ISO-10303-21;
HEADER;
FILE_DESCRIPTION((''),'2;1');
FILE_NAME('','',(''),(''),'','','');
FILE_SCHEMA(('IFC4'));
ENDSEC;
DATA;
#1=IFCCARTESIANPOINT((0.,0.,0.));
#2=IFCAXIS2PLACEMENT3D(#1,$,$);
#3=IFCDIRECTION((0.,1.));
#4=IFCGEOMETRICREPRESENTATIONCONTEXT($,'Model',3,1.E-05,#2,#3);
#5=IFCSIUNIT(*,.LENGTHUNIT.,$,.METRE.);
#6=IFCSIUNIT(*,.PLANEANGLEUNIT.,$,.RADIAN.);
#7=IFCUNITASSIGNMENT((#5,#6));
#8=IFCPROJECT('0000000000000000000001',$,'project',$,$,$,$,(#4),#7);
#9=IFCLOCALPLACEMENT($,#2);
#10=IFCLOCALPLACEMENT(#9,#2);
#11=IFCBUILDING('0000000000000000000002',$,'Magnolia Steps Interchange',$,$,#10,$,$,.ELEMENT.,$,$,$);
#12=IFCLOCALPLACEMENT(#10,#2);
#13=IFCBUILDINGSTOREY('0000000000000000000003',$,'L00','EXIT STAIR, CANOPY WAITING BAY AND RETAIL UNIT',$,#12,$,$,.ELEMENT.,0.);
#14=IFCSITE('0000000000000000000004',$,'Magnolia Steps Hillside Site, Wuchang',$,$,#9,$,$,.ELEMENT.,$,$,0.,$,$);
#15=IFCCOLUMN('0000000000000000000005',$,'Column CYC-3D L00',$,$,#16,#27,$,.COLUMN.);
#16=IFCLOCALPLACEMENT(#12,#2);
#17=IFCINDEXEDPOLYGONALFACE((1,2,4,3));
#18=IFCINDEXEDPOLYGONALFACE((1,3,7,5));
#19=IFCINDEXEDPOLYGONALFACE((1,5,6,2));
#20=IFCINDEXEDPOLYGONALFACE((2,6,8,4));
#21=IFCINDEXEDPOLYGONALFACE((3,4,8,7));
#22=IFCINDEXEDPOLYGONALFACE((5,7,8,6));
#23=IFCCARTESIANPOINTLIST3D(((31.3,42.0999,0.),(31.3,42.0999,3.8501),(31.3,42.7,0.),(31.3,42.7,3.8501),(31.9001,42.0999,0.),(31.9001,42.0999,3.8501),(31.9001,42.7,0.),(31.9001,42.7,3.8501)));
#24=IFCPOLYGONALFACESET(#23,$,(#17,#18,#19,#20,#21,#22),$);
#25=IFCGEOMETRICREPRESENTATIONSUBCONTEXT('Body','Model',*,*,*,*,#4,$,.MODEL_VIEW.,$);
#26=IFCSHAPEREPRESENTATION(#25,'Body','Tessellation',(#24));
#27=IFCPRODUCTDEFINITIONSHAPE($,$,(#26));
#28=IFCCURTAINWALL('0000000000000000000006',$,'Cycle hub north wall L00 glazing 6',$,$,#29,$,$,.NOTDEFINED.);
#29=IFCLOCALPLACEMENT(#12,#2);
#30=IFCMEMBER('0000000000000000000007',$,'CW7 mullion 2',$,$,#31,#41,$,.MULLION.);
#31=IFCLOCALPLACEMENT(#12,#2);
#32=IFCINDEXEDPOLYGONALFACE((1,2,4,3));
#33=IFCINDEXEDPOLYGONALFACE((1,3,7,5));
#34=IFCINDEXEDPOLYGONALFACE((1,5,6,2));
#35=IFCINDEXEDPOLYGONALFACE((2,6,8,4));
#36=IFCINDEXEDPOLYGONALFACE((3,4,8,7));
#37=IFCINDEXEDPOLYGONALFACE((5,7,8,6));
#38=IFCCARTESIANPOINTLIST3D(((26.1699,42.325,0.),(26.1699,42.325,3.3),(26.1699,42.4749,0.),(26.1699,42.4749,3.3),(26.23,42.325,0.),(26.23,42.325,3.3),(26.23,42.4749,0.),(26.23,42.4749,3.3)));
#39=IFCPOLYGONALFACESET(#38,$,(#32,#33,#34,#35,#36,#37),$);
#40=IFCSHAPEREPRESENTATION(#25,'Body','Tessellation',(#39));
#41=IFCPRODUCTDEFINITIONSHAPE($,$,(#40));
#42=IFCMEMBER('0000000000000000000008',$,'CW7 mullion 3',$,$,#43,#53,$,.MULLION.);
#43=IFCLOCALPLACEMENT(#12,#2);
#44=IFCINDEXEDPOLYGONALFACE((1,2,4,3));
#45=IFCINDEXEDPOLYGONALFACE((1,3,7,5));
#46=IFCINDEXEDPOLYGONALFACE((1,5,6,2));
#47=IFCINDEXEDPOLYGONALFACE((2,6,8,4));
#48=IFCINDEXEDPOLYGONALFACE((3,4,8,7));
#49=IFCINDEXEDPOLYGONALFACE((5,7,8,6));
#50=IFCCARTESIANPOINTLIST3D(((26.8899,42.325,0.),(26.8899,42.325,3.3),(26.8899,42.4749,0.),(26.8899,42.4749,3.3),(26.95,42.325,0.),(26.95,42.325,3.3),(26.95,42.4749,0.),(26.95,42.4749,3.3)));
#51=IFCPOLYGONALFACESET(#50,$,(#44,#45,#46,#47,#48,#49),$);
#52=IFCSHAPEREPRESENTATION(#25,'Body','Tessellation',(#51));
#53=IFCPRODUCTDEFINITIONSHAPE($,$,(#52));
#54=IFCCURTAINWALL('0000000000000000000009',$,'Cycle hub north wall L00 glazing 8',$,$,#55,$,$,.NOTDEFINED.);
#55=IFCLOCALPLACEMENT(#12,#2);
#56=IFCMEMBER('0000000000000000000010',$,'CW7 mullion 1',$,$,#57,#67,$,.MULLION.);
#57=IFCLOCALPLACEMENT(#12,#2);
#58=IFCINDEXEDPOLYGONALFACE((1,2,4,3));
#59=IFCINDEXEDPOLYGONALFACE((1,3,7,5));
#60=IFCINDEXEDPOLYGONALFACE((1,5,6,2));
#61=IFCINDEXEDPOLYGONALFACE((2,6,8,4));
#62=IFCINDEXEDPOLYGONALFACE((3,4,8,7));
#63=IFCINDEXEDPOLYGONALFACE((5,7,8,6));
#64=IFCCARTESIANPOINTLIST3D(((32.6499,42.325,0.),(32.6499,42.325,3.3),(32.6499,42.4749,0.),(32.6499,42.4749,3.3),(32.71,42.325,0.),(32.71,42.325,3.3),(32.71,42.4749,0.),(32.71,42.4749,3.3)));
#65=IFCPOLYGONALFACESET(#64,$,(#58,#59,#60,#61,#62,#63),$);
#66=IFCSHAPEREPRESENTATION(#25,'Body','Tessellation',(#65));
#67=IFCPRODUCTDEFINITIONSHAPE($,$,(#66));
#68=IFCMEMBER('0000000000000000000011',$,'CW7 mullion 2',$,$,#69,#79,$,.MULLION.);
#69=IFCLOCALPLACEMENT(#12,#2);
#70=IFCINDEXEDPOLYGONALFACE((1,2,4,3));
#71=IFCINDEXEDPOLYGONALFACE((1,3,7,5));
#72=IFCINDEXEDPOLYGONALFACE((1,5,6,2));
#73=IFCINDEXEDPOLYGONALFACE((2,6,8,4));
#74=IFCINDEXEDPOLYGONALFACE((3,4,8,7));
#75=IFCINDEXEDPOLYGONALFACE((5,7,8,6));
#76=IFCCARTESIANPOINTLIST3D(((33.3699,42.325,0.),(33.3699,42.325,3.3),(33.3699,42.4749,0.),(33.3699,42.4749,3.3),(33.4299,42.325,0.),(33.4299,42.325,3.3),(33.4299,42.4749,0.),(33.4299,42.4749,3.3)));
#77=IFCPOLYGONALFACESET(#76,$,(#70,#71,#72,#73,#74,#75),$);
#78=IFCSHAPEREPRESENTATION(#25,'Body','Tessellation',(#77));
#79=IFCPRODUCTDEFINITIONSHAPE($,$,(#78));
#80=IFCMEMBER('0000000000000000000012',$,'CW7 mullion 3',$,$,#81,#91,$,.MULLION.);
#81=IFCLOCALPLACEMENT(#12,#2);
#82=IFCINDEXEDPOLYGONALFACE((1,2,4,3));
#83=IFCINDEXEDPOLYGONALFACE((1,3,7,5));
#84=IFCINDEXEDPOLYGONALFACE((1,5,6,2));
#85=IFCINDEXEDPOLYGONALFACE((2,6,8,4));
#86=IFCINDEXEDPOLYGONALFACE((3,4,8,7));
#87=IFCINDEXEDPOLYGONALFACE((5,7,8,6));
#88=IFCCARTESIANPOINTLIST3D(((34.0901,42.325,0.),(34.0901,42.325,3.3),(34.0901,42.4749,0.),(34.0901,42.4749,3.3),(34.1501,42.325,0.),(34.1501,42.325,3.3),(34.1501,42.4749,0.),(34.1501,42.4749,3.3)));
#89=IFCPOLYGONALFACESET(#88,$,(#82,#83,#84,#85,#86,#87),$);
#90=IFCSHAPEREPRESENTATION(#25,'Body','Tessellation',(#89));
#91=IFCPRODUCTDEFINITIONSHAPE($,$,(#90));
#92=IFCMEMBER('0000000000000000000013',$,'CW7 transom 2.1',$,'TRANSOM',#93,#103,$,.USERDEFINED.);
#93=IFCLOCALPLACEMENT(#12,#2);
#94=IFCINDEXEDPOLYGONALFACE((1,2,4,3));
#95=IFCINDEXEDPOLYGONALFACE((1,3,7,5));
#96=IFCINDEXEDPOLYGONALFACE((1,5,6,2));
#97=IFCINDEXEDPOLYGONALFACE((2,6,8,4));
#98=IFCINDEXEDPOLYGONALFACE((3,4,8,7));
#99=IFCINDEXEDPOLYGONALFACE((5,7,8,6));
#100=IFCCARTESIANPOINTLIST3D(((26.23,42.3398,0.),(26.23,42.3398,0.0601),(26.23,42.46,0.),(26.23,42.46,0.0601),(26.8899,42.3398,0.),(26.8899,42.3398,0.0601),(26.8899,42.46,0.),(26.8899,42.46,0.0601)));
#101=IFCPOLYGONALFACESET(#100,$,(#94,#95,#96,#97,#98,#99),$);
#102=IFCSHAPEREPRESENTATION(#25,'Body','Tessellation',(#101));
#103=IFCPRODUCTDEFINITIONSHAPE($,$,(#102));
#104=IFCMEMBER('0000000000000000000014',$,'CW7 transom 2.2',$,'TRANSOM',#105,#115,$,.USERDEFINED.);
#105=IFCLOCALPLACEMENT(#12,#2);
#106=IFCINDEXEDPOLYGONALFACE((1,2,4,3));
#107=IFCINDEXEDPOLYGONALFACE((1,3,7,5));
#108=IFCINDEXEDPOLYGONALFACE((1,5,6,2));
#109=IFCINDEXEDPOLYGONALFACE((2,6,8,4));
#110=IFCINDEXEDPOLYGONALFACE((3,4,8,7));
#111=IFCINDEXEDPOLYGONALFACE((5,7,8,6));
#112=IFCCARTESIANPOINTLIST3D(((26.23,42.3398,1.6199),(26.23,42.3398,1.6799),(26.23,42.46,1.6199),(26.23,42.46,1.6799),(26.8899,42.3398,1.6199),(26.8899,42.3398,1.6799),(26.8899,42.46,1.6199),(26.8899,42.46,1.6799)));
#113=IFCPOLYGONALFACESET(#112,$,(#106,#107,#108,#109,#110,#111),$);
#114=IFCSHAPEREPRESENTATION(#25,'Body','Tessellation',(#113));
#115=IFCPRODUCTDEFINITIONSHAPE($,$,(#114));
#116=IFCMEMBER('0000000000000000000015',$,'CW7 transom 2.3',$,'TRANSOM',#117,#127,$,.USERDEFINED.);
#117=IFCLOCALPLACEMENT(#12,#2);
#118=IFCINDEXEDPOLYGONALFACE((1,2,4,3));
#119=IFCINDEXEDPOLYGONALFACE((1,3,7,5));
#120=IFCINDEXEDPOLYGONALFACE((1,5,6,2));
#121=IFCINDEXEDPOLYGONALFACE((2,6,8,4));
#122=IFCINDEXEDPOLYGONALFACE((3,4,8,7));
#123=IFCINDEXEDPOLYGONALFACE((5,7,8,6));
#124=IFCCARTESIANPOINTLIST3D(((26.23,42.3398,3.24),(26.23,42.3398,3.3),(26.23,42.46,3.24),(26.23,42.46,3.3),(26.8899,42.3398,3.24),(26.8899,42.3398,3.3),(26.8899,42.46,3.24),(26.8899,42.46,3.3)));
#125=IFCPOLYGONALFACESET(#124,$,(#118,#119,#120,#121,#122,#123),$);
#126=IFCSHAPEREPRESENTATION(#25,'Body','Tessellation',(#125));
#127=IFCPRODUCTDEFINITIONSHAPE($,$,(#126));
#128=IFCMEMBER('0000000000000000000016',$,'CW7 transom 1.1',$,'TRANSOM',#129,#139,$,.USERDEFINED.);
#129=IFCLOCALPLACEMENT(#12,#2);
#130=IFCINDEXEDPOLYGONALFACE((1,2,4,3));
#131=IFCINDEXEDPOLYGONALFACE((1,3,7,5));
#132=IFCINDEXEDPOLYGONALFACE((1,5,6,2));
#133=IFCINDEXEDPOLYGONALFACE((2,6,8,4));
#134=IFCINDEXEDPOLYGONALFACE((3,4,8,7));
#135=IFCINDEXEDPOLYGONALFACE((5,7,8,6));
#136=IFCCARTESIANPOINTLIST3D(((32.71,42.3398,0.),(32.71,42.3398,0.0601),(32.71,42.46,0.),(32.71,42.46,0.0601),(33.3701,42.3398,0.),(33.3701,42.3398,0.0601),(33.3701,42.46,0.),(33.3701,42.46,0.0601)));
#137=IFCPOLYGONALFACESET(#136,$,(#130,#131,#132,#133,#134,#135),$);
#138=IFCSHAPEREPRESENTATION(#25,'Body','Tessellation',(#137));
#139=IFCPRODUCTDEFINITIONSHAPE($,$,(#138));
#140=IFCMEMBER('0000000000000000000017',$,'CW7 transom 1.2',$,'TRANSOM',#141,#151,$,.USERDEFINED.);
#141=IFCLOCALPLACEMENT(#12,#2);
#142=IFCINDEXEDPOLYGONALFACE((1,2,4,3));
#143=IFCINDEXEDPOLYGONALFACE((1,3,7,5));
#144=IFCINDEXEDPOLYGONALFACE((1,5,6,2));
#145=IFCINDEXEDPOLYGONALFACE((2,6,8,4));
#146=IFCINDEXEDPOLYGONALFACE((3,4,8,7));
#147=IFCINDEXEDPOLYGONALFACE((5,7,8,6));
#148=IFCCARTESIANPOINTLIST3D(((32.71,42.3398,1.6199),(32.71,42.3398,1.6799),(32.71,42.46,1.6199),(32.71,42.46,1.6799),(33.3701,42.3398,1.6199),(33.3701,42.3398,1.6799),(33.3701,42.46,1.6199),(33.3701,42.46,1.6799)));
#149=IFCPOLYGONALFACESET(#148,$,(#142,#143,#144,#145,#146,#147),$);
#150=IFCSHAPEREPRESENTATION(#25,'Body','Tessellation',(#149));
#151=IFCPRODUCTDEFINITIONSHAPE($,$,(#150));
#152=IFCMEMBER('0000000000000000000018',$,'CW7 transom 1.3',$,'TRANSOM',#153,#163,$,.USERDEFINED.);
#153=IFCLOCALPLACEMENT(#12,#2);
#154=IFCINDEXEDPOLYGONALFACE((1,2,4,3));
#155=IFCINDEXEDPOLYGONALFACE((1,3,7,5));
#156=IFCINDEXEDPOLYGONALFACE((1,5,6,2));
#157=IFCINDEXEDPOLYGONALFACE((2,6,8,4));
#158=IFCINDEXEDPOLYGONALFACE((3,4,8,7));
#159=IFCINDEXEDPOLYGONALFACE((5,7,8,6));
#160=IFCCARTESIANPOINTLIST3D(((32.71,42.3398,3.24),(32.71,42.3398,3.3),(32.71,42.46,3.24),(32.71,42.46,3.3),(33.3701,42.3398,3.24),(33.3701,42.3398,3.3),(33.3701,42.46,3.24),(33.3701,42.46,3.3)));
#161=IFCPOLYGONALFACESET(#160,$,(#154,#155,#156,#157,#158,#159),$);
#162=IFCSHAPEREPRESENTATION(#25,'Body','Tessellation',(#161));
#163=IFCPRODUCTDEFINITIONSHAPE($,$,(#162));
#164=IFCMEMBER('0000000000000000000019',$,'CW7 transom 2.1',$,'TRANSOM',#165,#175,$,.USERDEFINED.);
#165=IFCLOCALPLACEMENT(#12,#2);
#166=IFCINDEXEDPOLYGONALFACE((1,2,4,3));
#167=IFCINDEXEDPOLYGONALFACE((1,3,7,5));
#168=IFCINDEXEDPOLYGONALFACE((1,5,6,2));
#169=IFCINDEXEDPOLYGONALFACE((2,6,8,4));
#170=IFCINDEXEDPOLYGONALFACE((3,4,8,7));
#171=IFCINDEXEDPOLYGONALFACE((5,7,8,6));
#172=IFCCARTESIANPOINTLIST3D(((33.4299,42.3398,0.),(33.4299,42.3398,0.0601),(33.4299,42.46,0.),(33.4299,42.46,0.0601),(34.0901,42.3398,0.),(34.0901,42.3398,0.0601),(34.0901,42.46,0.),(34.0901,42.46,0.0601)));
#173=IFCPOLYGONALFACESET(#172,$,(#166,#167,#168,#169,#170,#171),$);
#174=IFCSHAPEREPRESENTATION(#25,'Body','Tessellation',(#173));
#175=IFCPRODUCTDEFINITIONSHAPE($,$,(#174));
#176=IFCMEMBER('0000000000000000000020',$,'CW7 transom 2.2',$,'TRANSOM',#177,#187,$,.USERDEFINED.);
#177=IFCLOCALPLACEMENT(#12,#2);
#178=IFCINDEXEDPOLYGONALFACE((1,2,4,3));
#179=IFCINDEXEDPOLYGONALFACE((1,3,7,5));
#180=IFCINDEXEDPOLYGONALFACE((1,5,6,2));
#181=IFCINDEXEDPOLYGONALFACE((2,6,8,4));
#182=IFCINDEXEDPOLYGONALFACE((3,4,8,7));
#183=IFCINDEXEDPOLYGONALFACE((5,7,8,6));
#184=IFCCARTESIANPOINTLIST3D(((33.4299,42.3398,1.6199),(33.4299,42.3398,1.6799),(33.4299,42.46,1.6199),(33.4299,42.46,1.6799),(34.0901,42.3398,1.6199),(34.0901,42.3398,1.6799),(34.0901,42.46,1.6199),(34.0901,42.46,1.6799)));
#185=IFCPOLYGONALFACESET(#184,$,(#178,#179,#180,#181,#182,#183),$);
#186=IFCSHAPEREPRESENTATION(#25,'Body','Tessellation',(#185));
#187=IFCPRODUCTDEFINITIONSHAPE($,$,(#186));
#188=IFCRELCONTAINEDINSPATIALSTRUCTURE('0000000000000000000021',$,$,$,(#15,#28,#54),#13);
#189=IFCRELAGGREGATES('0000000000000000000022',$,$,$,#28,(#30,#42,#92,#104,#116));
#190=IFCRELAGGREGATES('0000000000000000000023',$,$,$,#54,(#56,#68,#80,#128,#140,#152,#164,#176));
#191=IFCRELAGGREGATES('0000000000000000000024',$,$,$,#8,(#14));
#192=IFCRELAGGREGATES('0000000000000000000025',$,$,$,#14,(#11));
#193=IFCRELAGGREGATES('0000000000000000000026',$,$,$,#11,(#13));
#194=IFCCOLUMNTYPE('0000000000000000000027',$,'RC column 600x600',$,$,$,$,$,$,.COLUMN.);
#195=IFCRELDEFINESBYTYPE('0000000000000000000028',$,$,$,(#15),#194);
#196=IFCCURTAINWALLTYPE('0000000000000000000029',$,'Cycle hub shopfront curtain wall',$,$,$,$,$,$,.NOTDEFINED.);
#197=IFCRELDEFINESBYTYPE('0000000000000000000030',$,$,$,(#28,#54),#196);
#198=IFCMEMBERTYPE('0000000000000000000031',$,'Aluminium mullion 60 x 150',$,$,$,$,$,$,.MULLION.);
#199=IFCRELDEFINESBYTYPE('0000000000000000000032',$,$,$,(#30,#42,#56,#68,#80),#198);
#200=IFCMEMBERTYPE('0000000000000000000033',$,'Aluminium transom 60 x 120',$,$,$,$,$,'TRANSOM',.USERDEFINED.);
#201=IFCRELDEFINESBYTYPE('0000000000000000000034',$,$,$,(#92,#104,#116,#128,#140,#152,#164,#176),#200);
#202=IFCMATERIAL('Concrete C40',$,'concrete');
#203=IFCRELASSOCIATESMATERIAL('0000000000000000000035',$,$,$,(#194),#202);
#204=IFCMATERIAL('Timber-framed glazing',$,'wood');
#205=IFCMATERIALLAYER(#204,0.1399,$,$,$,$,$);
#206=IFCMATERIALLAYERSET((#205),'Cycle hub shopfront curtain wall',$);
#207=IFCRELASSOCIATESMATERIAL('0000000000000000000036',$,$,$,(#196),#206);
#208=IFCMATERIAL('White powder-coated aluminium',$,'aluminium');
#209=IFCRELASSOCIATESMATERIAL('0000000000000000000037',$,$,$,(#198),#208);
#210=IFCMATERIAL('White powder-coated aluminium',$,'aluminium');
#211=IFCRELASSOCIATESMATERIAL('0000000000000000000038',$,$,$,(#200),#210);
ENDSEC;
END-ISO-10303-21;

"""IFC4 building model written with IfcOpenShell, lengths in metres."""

from ifc_helpers import new_model, si_unit, direction, frame, origin, origin_2d, place, context, subcontext, project, spatial, rectangle, extrude, material, layer, layer_set, material_profile, profile_set, type_object, element, aggregate, save


model = new_model("IFC4")

# Units and contexts
model_context = context("Model", 3, precision=1e-05, world=origin(), true_north=direction((0.0, 1.0)))
body_context = subcontext(model_context, "Body", "Model", "MODEL_VIEW")
ifc_project = project(units=[si_unit("LENGTHUNIT", "METRE"), si_unit("PLANEANGLEUNIT", "RADIAN")], contexts=[model_context])

# Site, building, storey
site_placement = place(None, origin())
site = spatial("IfcSite", under=ifc_project, at=site_placement, Name="Magnolia Steps Hillside Site, Wuchang", CompositionType="ELEMENT", RefElevation=0.0)
building_placement = place(site_placement, origin())
building = spatial("IfcBuilding", under=site, at=building_placement, Name="Magnolia Steps Interchange", CompositionType="ELEMENT")
storey_placement = place(building_placement, origin())
storey = spatial("IfcBuildingStorey", under=building, at=storey_placement, Name="L00", Description="EXIT STAIR, CANOPY WAITING BAY AND RETAIL UNIT", CompositionType="ELEMENT", Elevation=0.0)

# Column
ifc_material_1 = material(Name="Concrete C40", Category="concrete")
ifc_material_profile_1 = material_profile(ifc_material_1, rectangle(XDim=0.6001, YDim=0.6001, at=origin_2d()), Name="RC600x600")
ifc_profile_set_1 = profile_set([ifc_material_profile_1], Name="Concrete C40")
column_type = type_object("IfcColumnType", Name="RC column 600x600", PredefinedType="COLUMN", material=ifc_profile_set_1)
column_placement = place(storey_placement, frame((31.6001, 42.3999, 0.0), z_axis=(0.0, 0.0, 1.0), x_axis=(1.0, 0.0, 0.0)))
element("IfcColumn", 1, at=column_placement, inside=storey, type_object=column_type, Name="Column CYC-3D L00", PredefinedType="COLUMN", context=body_context, shape_type="SweptSolid", body=[
    extrude(rectangle(XDim=0.6001, YDim=0.6001, at=origin_2d()), origin(), (0.0, 0.0, 1.0), 3.8501),
])

# Curtain walls, members
ifc_material_2 = material(Name="Timber-framed glazing", Category="wood")
ifc_layer_1 = layer(ifc_material_2, 0.1399)
ifc_layer_set_1 = layer_set([ifc_layer_1], Name="Cycle hub shopfront curtain wall")
curtain_wall_type = type_object("IfcCurtainWallType", Name="Cycle hub shopfront curtain wall", PredefinedType="NOTDEFINED", material=ifc_layer_set_1)
curtain_wall_1_placement = place(storey_placement, origin())
curtain_wall_1 = element("IfcCurtainWall", 2, at=curtain_wall_1_placement, inside=storey, type_object=curtain_wall_type, Name="Cycle hub north wall L00 glazing 6", PredefinedType="NOTDEFINED")
ifc_material_3 = material(Name="White powder-coated aluminium", Category="aluminium")
ifc_material_profile_2 = material_profile(ifc_material_3, rectangle(XDim=0.0601, YDim=0.1499, at=origin_2d()), Name="Aluminium mullion 60 x 150")
ifc_profile_set_2 = profile_set([ifc_material_profile_2], Name="White powder-coated aluminium")
member_type_1 = type_object("IfcMemberType", Name="Aluminium mullion 60 x 150", PredefinedType="MULLION", material=ifc_profile_set_2)
member_1_placement = place(storey_placement, frame((26.2, 42.3999, 0.0), z_axis=(0.0, 0.0, 1.0), x_axis=(1.0, 0.0, 0.0)))
member_1 = element("IfcMember", 3, at=member_1_placement, type_object=member_type_1, Name="CW7 mullion 2", PredefinedType="MULLION", context=body_context, shape_type="SweptSolid", body=[
    extrude(rectangle(XDim=0.0601, YDim=0.1499, at=origin_2d()), origin(), (0.0, 0.0, 1.0), 3.3),
])
member_2_placement = place(storey_placement, frame((26.9199, 42.3999, 0.0), z_axis=(0.0, 0.0, 1.0), x_axis=(1.0, 0.0, 0.0)))
member_2 = element("IfcMember", 4, at=member_2_placement, type_object=member_type_1, Name="CW7 mullion 3", PredefinedType="MULLION", context=body_context, shape_type="SweptSolid", body=[
    extrude(rectangle(XDim=0.0601, YDim=0.1499, at=origin_2d()), origin(), (0.0, 0.0, 1.0), 3.3),
])
curtain_wall_2_placement = place(storey_placement, origin())
curtain_wall_2 = element("IfcCurtainWall", 5, at=curtain_wall_2_placement, inside=storey, type_object=curtain_wall_type, Name="Cycle hub north wall L00 glazing 8", PredefinedType="NOTDEFINED")
member_3_placement = place(storey_placement, frame((32.6799, 42.3999, 0.0), z_axis=(0.0, 0.0, 1.0), x_axis=(1.0, 0.0, 0.0)))
member_3 = element("IfcMember", 6, at=member_3_placement, type_object=member_type_1, Name="CW7 mullion 1", PredefinedType="MULLION", context=body_context, shape_type="SweptSolid", body=[
    extrude(rectangle(XDim=0.0601, YDim=0.1499, at=origin_2d()), origin(), (0.0, 0.0, 1.0), 3.3),
])
member_4_placement = place(storey_placement, frame((33.3999, 42.3999, 0.0), z_axis=(0.0, 0.0, 1.0), x_axis=(1.0, 0.0, 0.0)))
member_4 = element("IfcMember", 7, at=member_4_placement, type_object=member_type_1, Name="CW7 mullion 2", PredefinedType="MULLION", context=body_context, shape_type="SweptSolid", body=[
    extrude(rectangle(XDim=0.0601, YDim=0.1499, at=origin_2d()), origin(), (0.0, 0.0, 1.0), 3.3),
])
member_5_placement = place(storey_placement, frame((34.1201, 42.3999, 0.0), z_axis=(0.0, 0.0, 1.0), x_axis=(1.0, 0.0, 0.0)))
member_5 = element("IfcMember", 8, at=member_5_placement, type_object=member_type_1, Name="CW7 mullion 3", PredefinedType="MULLION", context=body_context, shape_type="SweptSolid", body=[
    extrude(rectangle(XDim=0.0601, YDim=0.1499, at=origin_2d()), origin(), (0.0, 0.0, 1.0), 3.3),
])

# Members
ifc_material_4 = material(Name="White powder-coated aluminium", Category="aluminium")
ifc_material_profile_3 = material_profile(ifc_material_4, rectangle(XDim=0.0601, YDim=0.1201, at=origin_2d()), Name="Aluminium transom 60 x 120")
ifc_profile_set_3 = profile_set([ifc_material_profile_3], Name="White powder-coated aluminium")
member_type_2 = type_object("IfcMemberType", Name="Aluminium transom 60 x 120", ElementType="TRANSOM", PredefinedType="USERDEFINED", material=ifc_profile_set_3)
member_6_placement = place(storey_placement, frame((26.23, 42.3999, 0.03), z_axis=(1.0, 0.0, 0.0), x_axis=(0.0, 0.0, 1.0)))
member_6 = element("IfcMember", 9, at=member_6_placement, type_object=member_type_2, Name="CW7 transom 2.1", ObjectType="TRANSOM", PredefinedType="USERDEFINED", context=body_context, shape_type="SweptSolid", body=[
    extrude(rectangle(XDim=0.0601, YDim=0.1201, at=origin_2d()), origin(), (0.0, 0.0, 1.0), 0.6599),
])
member_7_placement = place(storey_placement, frame((26.23, 42.3999, 1.6499), z_axis=(1.0, 0.0, 0.0), x_axis=(0.0, 0.0, 1.0)))
member_7 = element("IfcMember", 10, at=member_7_placement, type_object=member_type_2, Name="CW7 transom 2.2", ObjectType="TRANSOM", PredefinedType="USERDEFINED", context=body_context, shape_type="SweptSolid", body=[
    extrude(rectangle(XDim=0.0601, YDim=0.1201, at=origin_2d()), origin(), (0.0, 0.0, 1.0), 0.6599),
])
member_8_placement = place(storey_placement, frame((26.23, 42.3999, 3.27), z_axis=(1.0, 0.0, 0.0), x_axis=(0.0, 0.0, 1.0)))
member_8 = element("IfcMember", 11, at=member_8_placement, type_object=member_type_2, Name="CW7 transom 2.3", ObjectType="TRANSOM", PredefinedType="USERDEFINED", context=body_context, shape_type="SweptSolid", body=[
    extrude(rectangle(XDim=0.0601, YDim=0.1201, at=origin_2d()), origin(), (0.0, 0.0, 1.0), 0.6599),
])
member_9_placement = place(storey_placement, frame((32.71, 42.3999, 0.03), z_axis=(1.0, 0.0, 0.0), x_axis=(0.0, 0.0, 1.0)))
member_9 = element("IfcMember", 12, at=member_9_placement, type_object=member_type_2, Name="CW7 transom 1.1", ObjectType="TRANSOM", PredefinedType="USERDEFINED", context=body_context, shape_type="SweptSolid", body=[
    extrude(rectangle(XDim=0.0601, YDim=0.1201, at=origin_2d()), origin(), (0.0, 0.0, 1.0), 0.6602),
])
member_10_placement = place(storey_placement, frame((32.71, 42.3999, 1.6499), z_axis=(1.0, 0.0, 0.0), x_axis=(0.0, 0.0, 1.0)))
member_10 = element("IfcMember", 13, at=member_10_placement, type_object=member_type_2, Name="CW7 transom 1.2", ObjectType="TRANSOM", PredefinedType="USERDEFINED", context=body_context, shape_type="SweptSolid", body=[
    extrude(rectangle(XDim=0.0601, YDim=0.1201, at=origin_2d()), origin(), (0.0, 0.0, 1.0), 0.6602),
])
member_11_placement = place(storey_placement, frame((32.71, 42.3999, 3.27), z_axis=(1.0, 0.0, 0.0), x_axis=(0.0, 0.0, 1.0)))
member_11 = element("IfcMember", 14, at=member_11_placement, type_object=member_type_2, Name="CW7 transom 1.3", ObjectType="TRANSOM", PredefinedType="USERDEFINED", context=body_context, shape_type="SweptSolid", body=[
    extrude(rectangle(XDim=0.0601, YDim=0.1201, at=origin_2d()), origin(), (0.0, 0.0, 1.0), 0.6602),
])
member_12_placement = place(storey_placement, frame((33.4299, 42.3999, 0.03), z_axis=(1.0, 0.0, 0.0), x_axis=(0.0, 0.0, 1.0)))
member_12 = element("IfcMember", 15, at=member_12_placement, type_object=member_type_2, Name="CW7 transom 2.1", ObjectType="TRANSOM", PredefinedType="USERDEFINED", context=body_context, shape_type="SweptSolid", body=[
    extrude(rectangle(XDim=0.0601, YDim=0.1201, at=origin_2d()), origin(), (0.0, 0.0, 1.0), 0.6602),
])
member_13_placement = place(storey_placement, frame((33.4299, 42.3999, 1.6499), z_axis=(1.0, 0.0, 0.0), x_axis=(0.0, 0.0, 1.0)))
member_13 = element("IfcMember", 16, at=member_13_placement, type_object=member_type_2, Name="CW7 transom 2.2", ObjectType="TRANSOM", PredefinedType="USERDEFINED", context=body_context, shape_type="SweptSolid", body=[
    extrude(rectangle(XDim=0.0601, YDim=0.1201, at=origin_2d()), origin(), (0.0, 0.0, 1.0), 0.6602),
])

aggregate(curtain_wall_1, [member_1, member_2, member_6, member_7, member_8])
aggregate(curtain_wall_2, [member_3, member_4, member_5, member_9, member_10, member_11, member_12, member_13])

save(model, "model.ifc")
